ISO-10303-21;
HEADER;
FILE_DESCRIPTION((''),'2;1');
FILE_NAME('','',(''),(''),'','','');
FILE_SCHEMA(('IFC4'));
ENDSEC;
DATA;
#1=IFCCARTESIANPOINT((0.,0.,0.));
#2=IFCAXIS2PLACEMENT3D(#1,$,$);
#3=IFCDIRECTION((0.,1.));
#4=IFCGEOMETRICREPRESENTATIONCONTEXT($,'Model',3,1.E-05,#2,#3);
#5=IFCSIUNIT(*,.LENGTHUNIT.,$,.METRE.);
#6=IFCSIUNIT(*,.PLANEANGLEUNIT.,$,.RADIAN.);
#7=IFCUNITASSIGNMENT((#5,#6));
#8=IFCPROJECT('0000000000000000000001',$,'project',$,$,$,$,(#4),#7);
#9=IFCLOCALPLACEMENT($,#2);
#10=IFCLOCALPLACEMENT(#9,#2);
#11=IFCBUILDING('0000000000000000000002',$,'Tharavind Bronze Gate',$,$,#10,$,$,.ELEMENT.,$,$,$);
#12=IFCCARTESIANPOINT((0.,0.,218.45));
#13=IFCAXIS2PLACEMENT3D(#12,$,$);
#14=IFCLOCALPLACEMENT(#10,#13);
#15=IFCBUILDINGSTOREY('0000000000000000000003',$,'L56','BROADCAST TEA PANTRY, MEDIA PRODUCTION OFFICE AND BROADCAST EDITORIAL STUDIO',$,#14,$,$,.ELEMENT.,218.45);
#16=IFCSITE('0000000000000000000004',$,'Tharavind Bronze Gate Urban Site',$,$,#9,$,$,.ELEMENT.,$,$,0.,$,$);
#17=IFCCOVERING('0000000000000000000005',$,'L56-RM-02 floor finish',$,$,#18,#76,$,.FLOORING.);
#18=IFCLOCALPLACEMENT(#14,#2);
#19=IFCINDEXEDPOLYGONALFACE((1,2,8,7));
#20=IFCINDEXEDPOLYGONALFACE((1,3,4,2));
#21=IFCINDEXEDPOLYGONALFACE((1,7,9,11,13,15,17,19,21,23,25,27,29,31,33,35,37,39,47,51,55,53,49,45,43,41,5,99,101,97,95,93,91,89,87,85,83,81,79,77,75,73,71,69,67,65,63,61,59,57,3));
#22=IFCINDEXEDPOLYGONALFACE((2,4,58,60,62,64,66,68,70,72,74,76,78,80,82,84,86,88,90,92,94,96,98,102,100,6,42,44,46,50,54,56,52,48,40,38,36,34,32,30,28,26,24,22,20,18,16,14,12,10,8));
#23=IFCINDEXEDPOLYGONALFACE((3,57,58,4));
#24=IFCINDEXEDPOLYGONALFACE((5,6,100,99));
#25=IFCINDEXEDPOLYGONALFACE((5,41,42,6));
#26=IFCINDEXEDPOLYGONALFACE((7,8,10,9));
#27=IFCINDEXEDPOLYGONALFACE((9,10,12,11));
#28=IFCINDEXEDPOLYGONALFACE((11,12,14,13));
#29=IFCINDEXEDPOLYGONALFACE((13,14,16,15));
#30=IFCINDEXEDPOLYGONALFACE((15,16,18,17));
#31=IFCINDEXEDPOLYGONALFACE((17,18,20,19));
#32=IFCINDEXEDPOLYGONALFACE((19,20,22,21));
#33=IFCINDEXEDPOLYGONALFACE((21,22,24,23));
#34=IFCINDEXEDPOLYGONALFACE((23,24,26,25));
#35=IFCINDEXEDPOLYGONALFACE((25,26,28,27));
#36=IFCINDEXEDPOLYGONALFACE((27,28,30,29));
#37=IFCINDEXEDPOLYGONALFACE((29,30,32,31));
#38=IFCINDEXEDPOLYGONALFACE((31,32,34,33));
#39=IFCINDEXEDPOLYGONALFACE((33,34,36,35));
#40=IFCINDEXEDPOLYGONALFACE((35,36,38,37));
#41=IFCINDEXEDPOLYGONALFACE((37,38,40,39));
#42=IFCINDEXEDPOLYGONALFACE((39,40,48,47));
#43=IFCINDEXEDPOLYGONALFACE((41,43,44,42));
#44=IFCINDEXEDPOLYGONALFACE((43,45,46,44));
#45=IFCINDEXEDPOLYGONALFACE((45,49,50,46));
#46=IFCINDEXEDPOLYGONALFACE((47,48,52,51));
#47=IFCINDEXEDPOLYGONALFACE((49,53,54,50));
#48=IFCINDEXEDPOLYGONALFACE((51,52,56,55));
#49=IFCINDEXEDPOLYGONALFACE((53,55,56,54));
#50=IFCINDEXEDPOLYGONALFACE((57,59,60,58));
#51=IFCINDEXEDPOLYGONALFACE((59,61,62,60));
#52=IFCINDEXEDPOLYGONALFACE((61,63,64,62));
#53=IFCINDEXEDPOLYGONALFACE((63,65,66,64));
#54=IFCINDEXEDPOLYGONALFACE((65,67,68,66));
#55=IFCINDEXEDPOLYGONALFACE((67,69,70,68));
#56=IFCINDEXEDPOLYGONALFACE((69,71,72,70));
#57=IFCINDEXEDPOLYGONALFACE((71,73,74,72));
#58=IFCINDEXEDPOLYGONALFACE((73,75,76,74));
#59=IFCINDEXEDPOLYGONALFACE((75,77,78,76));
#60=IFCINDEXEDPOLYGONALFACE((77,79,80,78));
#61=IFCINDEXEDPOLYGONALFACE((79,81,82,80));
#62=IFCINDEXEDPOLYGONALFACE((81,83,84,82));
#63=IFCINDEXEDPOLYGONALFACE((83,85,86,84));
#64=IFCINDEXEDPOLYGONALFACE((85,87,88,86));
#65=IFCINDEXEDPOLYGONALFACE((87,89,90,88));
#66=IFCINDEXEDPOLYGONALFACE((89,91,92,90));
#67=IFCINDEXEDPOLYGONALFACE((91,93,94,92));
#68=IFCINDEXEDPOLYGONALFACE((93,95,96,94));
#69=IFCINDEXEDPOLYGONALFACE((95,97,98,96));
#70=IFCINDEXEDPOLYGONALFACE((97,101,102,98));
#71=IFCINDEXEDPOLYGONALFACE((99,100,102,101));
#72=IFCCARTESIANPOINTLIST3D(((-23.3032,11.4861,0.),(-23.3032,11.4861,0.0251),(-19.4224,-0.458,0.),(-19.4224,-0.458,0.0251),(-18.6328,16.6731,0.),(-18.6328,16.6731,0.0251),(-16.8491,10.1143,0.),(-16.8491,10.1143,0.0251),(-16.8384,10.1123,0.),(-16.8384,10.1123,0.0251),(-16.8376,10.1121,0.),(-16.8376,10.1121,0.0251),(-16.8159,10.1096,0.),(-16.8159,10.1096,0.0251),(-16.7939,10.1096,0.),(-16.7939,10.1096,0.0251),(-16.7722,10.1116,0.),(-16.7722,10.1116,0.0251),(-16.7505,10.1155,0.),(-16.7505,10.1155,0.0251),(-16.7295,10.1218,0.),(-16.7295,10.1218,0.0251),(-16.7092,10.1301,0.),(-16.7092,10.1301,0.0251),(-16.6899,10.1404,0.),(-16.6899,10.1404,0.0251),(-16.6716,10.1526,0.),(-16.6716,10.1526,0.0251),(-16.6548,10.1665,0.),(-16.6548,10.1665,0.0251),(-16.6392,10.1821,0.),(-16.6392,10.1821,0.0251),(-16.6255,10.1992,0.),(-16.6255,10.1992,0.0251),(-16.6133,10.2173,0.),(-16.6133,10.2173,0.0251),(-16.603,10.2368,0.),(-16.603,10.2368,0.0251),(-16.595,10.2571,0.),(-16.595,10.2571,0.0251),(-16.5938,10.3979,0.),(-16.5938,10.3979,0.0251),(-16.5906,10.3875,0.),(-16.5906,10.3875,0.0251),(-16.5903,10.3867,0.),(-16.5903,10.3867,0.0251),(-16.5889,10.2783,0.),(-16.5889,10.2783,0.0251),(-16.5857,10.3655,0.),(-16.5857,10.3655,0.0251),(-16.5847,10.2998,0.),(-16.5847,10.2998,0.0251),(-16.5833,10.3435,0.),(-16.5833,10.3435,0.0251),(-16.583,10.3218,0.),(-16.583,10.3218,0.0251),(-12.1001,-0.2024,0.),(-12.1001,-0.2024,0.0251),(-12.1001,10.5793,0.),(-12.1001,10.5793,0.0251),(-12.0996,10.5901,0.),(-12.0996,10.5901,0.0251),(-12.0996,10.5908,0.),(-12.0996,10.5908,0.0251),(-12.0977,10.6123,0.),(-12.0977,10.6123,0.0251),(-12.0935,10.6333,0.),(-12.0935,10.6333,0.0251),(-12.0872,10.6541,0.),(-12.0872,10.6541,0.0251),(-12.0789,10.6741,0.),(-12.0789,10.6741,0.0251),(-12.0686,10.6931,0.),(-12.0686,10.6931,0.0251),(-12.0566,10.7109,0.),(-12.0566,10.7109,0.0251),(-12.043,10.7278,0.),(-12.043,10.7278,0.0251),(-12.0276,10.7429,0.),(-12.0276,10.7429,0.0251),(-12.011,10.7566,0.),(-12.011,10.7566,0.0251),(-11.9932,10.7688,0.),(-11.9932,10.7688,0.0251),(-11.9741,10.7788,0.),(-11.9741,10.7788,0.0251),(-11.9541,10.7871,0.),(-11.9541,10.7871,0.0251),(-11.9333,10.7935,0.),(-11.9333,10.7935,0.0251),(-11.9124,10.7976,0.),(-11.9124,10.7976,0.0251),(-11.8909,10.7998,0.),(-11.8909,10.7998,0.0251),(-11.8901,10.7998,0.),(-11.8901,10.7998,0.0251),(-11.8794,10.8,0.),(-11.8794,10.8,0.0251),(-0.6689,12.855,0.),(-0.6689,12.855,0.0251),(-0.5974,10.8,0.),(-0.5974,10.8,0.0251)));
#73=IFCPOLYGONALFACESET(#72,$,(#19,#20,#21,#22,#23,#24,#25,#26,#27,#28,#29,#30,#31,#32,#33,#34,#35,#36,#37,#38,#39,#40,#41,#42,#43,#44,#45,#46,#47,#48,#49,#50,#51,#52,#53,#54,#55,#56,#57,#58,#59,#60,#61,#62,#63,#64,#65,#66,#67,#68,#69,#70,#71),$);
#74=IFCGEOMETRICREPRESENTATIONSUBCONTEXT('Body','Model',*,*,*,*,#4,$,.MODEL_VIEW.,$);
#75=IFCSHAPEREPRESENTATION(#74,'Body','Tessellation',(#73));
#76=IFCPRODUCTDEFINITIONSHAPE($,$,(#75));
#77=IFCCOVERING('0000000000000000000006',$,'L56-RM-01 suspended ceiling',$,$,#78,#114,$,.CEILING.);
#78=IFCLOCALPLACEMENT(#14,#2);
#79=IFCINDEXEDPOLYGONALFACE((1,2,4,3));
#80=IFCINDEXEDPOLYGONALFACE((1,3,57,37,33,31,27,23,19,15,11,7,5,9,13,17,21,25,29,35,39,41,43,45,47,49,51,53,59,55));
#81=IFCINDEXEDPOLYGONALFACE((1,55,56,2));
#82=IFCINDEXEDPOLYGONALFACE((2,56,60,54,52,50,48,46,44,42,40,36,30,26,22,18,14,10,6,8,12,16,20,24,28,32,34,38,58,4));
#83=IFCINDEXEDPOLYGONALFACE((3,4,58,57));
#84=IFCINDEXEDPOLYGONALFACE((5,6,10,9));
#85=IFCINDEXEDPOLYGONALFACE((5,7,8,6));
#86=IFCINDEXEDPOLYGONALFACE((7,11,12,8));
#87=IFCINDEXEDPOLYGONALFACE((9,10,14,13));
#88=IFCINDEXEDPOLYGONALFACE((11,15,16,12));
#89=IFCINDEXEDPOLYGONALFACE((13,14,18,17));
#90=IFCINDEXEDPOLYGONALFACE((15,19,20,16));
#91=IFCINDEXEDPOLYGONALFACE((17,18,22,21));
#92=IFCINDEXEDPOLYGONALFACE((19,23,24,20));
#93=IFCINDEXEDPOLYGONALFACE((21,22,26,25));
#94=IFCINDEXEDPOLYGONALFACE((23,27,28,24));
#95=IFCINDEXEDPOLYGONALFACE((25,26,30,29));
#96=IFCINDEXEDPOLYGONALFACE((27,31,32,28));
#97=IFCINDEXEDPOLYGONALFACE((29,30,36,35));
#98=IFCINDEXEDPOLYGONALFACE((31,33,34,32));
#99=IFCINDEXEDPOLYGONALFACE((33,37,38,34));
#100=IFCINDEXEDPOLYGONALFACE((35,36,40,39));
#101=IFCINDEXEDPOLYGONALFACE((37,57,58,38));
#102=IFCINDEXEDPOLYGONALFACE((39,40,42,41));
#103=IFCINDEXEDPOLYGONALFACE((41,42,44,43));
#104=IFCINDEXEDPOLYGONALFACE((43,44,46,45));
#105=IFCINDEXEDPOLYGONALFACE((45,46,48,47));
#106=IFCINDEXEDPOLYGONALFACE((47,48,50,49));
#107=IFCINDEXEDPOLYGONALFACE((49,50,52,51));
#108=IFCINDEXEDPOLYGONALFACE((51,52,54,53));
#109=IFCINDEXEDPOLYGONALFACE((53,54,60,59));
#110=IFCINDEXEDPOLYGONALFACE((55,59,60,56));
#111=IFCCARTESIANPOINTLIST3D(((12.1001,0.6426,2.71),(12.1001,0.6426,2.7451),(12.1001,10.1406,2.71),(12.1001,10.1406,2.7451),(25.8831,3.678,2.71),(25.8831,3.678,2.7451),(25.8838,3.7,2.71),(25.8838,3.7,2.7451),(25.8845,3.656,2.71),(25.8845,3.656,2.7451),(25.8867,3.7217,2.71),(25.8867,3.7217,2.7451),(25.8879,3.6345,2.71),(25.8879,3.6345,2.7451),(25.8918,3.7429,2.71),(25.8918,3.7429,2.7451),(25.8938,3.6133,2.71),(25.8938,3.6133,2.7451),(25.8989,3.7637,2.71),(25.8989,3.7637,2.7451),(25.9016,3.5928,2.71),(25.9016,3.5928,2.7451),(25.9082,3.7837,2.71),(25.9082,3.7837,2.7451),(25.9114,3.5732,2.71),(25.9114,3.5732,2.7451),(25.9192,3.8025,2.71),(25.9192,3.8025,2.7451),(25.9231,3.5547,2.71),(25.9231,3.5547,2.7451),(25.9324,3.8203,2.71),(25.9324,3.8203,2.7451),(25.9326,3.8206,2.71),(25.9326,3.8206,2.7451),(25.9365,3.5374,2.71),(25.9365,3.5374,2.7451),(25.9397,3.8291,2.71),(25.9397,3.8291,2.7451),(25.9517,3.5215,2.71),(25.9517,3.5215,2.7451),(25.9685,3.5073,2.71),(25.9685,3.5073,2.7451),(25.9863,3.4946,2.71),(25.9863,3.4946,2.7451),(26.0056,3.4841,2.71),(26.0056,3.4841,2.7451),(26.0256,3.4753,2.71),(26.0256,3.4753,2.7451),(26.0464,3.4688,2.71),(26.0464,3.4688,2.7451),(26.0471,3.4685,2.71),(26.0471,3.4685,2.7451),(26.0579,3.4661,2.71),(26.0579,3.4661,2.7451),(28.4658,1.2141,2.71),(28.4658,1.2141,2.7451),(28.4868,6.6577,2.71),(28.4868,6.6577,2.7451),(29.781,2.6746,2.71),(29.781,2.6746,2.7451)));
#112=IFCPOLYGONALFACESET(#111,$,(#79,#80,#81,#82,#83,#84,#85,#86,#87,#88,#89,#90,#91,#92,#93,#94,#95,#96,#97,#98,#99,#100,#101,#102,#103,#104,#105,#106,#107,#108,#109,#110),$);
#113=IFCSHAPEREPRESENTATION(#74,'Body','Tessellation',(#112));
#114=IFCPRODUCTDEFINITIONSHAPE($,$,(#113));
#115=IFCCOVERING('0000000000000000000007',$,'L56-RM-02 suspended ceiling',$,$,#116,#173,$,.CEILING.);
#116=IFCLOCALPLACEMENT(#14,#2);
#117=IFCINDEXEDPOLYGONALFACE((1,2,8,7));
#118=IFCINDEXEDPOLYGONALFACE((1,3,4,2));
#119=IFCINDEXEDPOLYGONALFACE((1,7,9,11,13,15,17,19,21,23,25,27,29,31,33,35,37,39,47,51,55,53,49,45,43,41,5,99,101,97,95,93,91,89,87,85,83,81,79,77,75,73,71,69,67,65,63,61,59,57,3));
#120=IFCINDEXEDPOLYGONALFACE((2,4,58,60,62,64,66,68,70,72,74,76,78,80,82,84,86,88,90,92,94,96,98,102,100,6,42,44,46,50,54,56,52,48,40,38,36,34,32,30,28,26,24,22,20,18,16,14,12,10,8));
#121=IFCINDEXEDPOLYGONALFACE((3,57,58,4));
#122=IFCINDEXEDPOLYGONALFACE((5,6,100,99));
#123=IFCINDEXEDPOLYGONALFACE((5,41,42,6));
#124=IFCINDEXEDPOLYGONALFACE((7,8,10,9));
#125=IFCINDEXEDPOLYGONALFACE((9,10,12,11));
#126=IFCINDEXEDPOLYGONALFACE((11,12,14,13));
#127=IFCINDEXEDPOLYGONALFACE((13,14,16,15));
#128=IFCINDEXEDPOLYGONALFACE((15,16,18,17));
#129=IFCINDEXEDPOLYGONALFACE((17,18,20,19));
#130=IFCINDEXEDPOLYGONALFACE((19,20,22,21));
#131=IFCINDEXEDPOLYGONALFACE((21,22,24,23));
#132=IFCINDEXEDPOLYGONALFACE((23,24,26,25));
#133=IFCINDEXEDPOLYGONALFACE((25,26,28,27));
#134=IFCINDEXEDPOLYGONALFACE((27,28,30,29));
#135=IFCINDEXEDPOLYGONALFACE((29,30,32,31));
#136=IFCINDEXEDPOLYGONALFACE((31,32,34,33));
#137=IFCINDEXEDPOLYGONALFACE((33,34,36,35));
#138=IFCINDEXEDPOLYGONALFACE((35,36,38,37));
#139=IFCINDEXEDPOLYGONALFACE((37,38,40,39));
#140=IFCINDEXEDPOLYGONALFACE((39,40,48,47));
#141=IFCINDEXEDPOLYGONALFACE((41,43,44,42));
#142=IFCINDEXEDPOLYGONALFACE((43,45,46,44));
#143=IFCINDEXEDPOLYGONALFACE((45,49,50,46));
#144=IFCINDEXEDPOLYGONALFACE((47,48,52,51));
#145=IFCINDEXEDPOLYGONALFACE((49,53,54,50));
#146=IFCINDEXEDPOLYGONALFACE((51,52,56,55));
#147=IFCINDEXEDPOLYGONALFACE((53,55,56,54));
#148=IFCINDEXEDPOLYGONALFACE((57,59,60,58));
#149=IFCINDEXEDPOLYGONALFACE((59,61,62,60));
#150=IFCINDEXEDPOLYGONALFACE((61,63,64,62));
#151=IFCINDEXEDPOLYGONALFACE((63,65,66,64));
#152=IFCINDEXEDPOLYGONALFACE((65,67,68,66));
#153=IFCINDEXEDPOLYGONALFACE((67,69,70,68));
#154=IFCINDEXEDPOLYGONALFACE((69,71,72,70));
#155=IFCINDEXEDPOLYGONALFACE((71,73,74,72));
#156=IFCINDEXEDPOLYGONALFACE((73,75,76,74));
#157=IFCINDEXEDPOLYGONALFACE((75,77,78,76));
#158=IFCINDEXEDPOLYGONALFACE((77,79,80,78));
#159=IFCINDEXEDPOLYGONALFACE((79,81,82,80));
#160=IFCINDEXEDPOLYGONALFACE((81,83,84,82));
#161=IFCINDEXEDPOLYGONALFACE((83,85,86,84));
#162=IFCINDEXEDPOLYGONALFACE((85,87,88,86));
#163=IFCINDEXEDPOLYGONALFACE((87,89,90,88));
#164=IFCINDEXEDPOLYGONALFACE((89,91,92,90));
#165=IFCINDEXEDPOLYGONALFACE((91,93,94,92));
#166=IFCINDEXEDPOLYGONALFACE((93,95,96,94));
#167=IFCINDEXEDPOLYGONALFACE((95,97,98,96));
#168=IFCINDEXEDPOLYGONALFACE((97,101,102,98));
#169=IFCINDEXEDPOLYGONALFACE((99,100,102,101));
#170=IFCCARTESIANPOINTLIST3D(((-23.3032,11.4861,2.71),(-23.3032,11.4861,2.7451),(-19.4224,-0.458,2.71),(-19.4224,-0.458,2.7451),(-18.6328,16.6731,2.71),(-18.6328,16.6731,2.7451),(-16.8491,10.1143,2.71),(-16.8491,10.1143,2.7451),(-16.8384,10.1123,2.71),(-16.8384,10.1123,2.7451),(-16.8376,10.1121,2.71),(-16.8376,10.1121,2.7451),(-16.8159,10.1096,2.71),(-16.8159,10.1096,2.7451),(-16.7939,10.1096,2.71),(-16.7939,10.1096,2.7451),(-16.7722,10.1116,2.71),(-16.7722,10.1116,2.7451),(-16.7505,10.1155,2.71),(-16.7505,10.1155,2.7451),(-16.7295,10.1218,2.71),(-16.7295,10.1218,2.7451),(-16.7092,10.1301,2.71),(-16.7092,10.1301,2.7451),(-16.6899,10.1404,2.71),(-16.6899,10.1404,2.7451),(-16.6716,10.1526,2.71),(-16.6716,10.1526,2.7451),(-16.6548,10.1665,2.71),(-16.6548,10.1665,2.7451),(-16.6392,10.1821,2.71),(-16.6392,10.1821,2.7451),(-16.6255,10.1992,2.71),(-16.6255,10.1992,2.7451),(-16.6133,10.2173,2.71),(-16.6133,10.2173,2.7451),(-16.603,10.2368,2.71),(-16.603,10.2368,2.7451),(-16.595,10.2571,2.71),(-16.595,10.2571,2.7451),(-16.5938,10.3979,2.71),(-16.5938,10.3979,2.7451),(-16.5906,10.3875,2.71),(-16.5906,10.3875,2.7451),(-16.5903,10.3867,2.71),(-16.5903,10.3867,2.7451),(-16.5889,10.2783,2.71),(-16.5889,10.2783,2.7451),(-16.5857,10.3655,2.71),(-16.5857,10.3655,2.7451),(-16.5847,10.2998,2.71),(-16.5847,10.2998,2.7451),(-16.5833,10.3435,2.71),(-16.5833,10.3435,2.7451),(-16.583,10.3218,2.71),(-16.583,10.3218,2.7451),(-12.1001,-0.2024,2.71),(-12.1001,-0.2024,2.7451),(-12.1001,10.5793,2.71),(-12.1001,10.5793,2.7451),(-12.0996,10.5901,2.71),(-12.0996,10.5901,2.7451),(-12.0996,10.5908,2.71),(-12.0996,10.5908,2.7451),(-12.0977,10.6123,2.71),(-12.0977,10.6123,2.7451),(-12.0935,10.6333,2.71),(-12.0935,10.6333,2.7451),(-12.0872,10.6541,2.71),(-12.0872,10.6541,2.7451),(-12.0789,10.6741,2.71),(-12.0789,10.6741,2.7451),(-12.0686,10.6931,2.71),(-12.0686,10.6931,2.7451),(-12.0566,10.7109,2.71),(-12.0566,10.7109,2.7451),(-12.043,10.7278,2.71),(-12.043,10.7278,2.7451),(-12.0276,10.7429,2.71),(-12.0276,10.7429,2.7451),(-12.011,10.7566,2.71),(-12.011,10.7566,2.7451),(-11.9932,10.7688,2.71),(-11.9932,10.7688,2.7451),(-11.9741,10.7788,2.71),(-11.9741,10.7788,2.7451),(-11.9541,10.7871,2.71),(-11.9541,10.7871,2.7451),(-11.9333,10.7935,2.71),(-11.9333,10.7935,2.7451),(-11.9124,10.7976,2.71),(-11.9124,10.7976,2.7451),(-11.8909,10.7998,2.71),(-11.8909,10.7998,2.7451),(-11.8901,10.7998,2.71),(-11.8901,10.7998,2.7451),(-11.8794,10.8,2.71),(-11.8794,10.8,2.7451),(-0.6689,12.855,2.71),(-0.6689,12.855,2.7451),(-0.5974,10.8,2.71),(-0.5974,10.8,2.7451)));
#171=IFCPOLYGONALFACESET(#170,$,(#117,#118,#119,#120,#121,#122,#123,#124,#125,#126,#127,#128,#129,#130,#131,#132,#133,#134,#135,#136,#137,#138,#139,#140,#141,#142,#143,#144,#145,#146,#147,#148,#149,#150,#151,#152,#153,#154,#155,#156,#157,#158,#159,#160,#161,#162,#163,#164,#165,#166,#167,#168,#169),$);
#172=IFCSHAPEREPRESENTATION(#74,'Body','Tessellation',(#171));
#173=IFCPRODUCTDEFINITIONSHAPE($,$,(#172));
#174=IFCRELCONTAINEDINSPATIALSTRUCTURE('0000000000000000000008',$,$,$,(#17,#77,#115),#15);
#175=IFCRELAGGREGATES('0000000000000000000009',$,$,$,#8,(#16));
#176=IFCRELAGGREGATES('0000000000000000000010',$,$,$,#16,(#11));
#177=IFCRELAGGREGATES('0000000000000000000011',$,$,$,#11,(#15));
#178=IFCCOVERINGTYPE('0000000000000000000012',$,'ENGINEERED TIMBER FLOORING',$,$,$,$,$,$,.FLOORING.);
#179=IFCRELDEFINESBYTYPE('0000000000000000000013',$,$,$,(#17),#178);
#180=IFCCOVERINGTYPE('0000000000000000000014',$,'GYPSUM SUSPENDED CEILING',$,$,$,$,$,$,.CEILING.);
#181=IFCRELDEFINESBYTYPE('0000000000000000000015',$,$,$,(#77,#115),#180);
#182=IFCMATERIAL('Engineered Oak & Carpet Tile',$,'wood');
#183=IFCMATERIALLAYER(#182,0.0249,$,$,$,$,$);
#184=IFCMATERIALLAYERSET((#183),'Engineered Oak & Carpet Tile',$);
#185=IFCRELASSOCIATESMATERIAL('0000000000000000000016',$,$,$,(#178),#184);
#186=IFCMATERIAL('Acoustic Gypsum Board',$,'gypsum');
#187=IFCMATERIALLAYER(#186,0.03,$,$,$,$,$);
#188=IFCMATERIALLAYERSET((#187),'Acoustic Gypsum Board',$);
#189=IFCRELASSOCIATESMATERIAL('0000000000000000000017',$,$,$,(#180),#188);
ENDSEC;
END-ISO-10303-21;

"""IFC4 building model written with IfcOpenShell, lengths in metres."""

from ifc_helpers import new_model, si_unit, direction, frame, origin, place, context, subcontext, project, spatial, polyline, outline, extrude, material, layer, layer_set, type_object, element, save


model = new_model("IFC4")

# Units and contexts
model_context = context("Model", 3, precision=1e-05, world=origin(), true_north=direction((0.0, 1.0)))
body_context = subcontext(model_context, "Body", "Model", "MODEL_VIEW")
ifc_project = project(units=[si_unit("LENGTHUNIT", "METRE"), si_unit("PLANEANGLEUNIT", "RADIAN")], contexts=[model_context])

# Site, building, storey
site_placement = place(None, origin())
site = spatial("IfcSite", under=ifc_project, at=site_placement, Name="Tharavind Bronze Gate Urban Site", CompositionType="ELEMENT", RefElevation=0.0)
building_placement = place(site_placement, origin())
building = spatial("IfcBuilding", under=site, at=building_placement, Name="Tharavind Bronze Gate", CompositionType="ELEMENT")
storey_placement = place(building_placement, frame((0.0, 0.0, 218.45)))
storey = spatial("IfcBuildingStorey", under=building, at=storey_placement, Name="L56", Description="BROADCAST TEA PANTRY, MEDIA PRODUCTION OFFICE AND BROADCAST EDITORIAL STUDIO", CompositionType="ELEMENT", Elevation=218.45)

# Coverings
ifc_material_1 = material(Name="Engineered Oak & Carpet Tile", Category="wood")
ifc_layer_1 = layer(ifc_material_1, 0.0249)
ifc_layer_set_1 = layer_set([ifc_layer_1], Name="Engineered Oak & Carpet Tile")
covering_type_1 = type_object("IfcCoveringType", Name="ENGINEERED TIMBER FLOORING", PredefinedType="FLOORING", material=ifc_layer_set_1)
covering_1_placement = place(storey_placement, origin())
element("IfcCovering", 1, at=covering_1_placement, inside=storey, type_object=covering_type_1, Name="L56-RM-02 floor finish", PredefinedType="FLOORING", context=body_context, shape_type="SweptSolid", body=[
    extrude(outline(polyline([(-19.4224, -0.458), (-12.1001, -0.2024), (-12.1001, 10.5793), (-12.0996, 10.5901), (-12.0996, 10.5908), (-12.0977, 10.6123), (-12.0935, 10.6333), (-12.0872, 10.6541), (-12.0789, 10.6741), (-12.0686, 10.6931), (-12.0566, 10.7109), (-12.043, 10.7278), (-12.0276, 10.7429), (-12.011, 10.7566), (-11.9932, 10.7688), (-11.9741, 10.7788), (-11.9541, 10.7871), (-11.9333, 10.7935), (-11.9124, 10.7976), (-11.8909, 10.7998), (-11.8901, 10.7998), (-11.8794, 10.8), (-0.5974, 10.8), (-0.6689, 12.855), (-18.6328, 16.6731), (-16.5938, 10.3979), (-16.5906, 10.3875), (-16.5903, 10.3867), (-16.5857, 10.3655), (-16.5833, 10.3435), (-16.583, 10.3218), (-16.5847, 10.2998), (-16.5889, 10.2783), (-16.595, 10.2571), (-16.603, 10.2368), (-16.6133, 10.2173), (-16.6255, 10.1992), (-16.6392, 10.1821), (-16.6548, 10.1665), (-16.6716, 10.1526), (-16.6899, 10.1404), (-16.7092, 10.1301), (-16.7295, 10.1218), (-16.7505, 10.1155), (-16.7722, 10.1116), (-16.7939, 10.1096), (-16.8159, 10.1096), (-16.8376, 10.1121), (-16.8384, 10.1123), (-16.8491, 10.1143), (-23.3032, 11.4861), (-19.4224, -0.458)])), origin(), (0.0, 0.0, 1.0), 0.0251),
])
ifc_material_2 = material(Name="Acoustic Gypsum Board", Category="gypsum")
ifc_layer_2 = layer(ifc_material_2, 0.03)
ifc_layer_set_2 = layer_set([ifc_layer_2], Name="Acoustic Gypsum Board")
covering_type_2 = type_object("IfcCoveringType", Name="GYPSUM SUSPENDED CEILING", PredefinedType="CEILING", material=ifc_layer_set_2)
covering_2_placement = place(storey_placement, frame((0.0, 0.0, 2.71)))
element("IfcCovering", 2, at=covering_2_placement, inside=storey, type_object=covering_type_2, Name="L56-RM-01 suspended ceiling", PredefinedType="CEILING", context=body_context, shape_type="SweptSolid", body=[
    extrude(outline(polyline([(12.1001, 0.6426), (28.4658, 1.2141), (29.781, 2.6746), (26.0579, 3.4661), (26.0471, 3.4685), (26.0464, 3.4688), (26.0256, 3.4753), (26.0056, 3.4841), (25.9863, 3.4946), (25.9685, 3.5073), (25.9517, 3.5215), (25.9365, 3.5374), (25.9231, 3.5547), (25.9114, 3.5732), (25.9016, 3.5928), (25.8938, 3.6133), (25.8879, 3.6345), (25.8845, 3.656), (25.8831, 3.678), (25.8838, 3.7), (25.8867, 3.7217), (25.8918, 3.7429), (25.8989, 3.7637), (25.9082, 3.7837), (25.9192, 3.8025), (25.9324, 3.8203), (25.9326, 3.8206), (25.9397, 3.8291), (28.4868, 6.6577), (12.1001, 10.1406), (12.1001, 0.6426)])), origin(), (0.0, 0.0, 1.0), 0.0352),
])
covering_3_placement = place(storey_placement, frame((0.0, 0.0, 2.71)))
element("IfcCovering", 3, at=covering_3_placement, inside=storey, type_object=covering_type_2, Name="L56-RM-02 suspended ceiling", PredefinedType="CEILING", context=body_context, shape_type="SweptSolid", body=[
    extrude(outline(polyline([(-19.4224, -0.458), (-12.1001, -0.2024), (-12.1001, 10.5793), (-12.0996, 10.5901), (-12.0996, 10.5908), (-12.0977, 10.6123), (-12.0935, 10.6333), (-12.0872, 10.6541), (-12.0789, 10.6741), (-12.0686, 10.6931), (-12.0566, 10.7109), (-12.043, 10.7278), (-12.0276, 10.7429), (-12.011, 10.7566), (-11.9932, 10.7688), (-11.9741, 10.7788), (-11.9541, 10.7871), (-11.9333, 10.7935), (-11.9124, 10.7976), (-11.8909, 10.7998), (-11.8901, 10.7998), (-11.8794, 10.8), (-0.5974, 10.8), (-0.6689, 12.855), (-18.6328, 16.6731), (-16.5938, 10.3979), (-16.5906, 10.3875), (-16.5903, 10.3867), (-16.5857, 10.3655), (-16.5833, 10.3435), (-16.583, 10.3218), (-16.5847, 10.2998), (-16.5889, 10.2783), (-16.595, 10.2571), (-16.603, 10.2368), (-16.6133, 10.2173), (-16.6255, 10.1992), (-16.6392, 10.1821), (-16.6548, 10.1665), (-16.6716, 10.1526), (-16.6899, 10.1404), (-16.7092, 10.1301), (-16.7295, 10.1218), (-16.7505, 10.1155), (-16.7722, 10.1116), (-16.7939, 10.1096), (-16.8159, 10.1096), (-16.8376, 10.1121), (-16.8384, 10.1123), (-16.8491, 10.1143), (-23.3032, 11.4861), (-19.4224, -0.458)])), origin(), (0.0, 0.0, 1.0), 0.0352),
])

save(model, "model.ifc")
